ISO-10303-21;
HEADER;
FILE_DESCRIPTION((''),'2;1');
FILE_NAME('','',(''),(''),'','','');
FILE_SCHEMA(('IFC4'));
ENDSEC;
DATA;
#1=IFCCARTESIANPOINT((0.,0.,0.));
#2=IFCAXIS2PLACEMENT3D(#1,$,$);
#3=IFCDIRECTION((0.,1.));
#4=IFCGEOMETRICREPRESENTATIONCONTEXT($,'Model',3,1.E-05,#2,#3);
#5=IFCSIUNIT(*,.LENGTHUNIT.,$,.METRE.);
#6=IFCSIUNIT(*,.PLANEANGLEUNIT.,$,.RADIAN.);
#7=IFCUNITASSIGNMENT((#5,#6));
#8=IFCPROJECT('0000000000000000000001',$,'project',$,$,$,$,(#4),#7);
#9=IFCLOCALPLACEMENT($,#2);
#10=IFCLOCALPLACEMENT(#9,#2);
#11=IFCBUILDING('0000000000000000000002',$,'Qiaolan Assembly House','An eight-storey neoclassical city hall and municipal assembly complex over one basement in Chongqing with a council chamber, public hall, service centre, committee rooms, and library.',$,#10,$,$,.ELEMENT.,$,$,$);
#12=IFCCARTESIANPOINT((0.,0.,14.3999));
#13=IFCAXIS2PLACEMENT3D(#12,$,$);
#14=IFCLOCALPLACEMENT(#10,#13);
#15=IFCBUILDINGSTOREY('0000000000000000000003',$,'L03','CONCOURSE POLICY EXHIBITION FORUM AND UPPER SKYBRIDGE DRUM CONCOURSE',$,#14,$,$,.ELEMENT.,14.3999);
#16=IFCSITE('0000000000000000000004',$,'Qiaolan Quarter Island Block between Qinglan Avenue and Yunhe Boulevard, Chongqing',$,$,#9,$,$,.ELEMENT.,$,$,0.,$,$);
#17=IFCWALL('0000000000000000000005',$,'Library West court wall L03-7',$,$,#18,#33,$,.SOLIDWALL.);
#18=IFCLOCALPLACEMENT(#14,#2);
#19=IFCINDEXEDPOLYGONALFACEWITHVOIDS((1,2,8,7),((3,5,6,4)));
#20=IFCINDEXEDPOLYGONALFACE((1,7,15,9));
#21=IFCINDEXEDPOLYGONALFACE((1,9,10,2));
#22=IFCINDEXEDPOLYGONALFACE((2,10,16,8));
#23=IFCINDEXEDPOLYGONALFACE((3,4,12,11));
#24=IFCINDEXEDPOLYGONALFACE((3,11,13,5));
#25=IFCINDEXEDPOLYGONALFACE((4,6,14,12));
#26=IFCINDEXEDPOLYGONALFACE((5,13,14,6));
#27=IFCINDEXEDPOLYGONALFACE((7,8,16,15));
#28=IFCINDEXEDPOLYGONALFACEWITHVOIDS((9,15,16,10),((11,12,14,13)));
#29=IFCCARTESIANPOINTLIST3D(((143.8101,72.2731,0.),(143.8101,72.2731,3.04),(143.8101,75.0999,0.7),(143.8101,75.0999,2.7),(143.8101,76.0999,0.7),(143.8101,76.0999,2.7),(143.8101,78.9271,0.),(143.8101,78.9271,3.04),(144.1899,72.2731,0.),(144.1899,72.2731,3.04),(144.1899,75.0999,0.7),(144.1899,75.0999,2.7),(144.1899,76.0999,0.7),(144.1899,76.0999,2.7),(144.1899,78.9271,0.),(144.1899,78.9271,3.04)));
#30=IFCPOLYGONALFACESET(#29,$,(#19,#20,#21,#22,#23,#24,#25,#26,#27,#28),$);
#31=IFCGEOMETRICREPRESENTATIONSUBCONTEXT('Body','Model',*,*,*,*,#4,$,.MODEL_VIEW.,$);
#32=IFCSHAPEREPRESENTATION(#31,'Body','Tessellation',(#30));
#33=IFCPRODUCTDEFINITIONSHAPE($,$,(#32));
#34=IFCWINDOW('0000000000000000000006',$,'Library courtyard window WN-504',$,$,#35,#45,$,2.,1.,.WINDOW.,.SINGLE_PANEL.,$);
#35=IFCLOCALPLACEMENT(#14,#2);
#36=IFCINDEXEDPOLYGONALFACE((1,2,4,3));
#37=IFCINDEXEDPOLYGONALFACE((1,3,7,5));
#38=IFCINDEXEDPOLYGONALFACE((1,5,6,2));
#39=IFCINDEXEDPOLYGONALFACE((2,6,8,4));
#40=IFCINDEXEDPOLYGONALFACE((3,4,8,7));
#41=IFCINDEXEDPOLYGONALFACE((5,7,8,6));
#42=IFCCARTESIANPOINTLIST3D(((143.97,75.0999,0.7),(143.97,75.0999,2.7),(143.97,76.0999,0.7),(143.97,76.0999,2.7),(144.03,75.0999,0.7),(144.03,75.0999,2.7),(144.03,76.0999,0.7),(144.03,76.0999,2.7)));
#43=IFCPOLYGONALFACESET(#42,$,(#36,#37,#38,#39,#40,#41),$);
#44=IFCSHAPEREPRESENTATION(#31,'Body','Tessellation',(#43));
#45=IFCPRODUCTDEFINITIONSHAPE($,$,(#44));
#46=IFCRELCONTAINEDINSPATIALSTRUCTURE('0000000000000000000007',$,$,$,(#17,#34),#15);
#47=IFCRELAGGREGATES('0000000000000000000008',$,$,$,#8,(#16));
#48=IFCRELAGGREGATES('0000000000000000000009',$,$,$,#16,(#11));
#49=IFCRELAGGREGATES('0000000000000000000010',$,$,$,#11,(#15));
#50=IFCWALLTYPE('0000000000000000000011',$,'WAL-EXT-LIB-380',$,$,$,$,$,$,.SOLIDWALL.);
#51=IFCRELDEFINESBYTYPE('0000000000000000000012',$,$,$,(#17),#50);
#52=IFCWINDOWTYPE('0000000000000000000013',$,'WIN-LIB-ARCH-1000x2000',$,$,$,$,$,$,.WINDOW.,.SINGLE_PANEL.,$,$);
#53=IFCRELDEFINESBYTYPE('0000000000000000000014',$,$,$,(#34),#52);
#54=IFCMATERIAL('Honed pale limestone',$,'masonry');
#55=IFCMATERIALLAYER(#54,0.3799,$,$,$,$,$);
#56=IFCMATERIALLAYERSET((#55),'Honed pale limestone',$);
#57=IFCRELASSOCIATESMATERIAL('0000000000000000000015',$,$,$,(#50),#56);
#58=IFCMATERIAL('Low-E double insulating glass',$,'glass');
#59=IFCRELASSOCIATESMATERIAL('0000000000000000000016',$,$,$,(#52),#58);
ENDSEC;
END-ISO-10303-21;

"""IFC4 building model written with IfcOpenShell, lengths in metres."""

from ifc_helpers import new_model, si_unit, direction, frame, frame_2d, origin, place, context, subcontext, project, spatial, rectangle, extrude, material, layer, layer_set, type_object, element, fill, save


model = new_model("IFC4")

# Units and contexts
model_context = context("Model", 3, precision=1e-05, world=origin(), true_north=direction((0.0, 1.0)))
body_context = subcontext(model_context, "Body", "Model", "MODEL_VIEW")
ifc_project = project(units=[si_unit("LENGTHUNIT", "METRE"), si_unit("PLANEANGLEUNIT", "RADIAN")], contexts=[model_context])

# Site, building, storey
site_placement = place(None, origin())
site = spatial("IfcSite", under=ifc_project, at=site_placement, Name="Qiaolan Quarter Island Block between Qinglan Avenue and Yunhe Boulevard, Chongqing", CompositionType="ELEMENT", RefElevation=0.0)
building_placement = place(site_placement, origin())
building = spatial("IfcBuilding", under=site, at=building_placement, Name="Qiaolan Assembly House", Description="An eight-storey neoclassical city hall and municipal assembly complex over one basement in Chongqing with a council chamber, public hall, service centre, committee rooms, and library.", CompositionType="ELEMENT")
storey_placement = place(building_placement, frame((0.0, 0.0, 14.3999)))
storey = spatial("IfcBuildingStorey", under=building, at=storey_placement, Name="L03", Description="CONCOURSE POLICY EXHIBITION FORUM AND UPPER SKYBRIDGE DRUM CONCOURSE", CompositionType="ELEMENT", Elevation=14.3999)

# Wall, opening, window
ifc_material_1 = material(Name="Honed pale limestone", Category="masonry")
ifc_layer = layer(ifc_material_1, 0.3799)
ifc_layer_set = layer_set([ifc_layer], Name="Honed pale limestone")
wall_type = type_object("IfcWallType", Name="WAL-EXT-LIB-380", PredefinedType="SOLIDWALL", material=ifc_layer_set)
wall_placement = place(storey_placement, frame((144.0, 72.2729, 0.0), z_axis=(0.0, 0.0, 1.0), x_axis=(0.0, 1.0, 0.0)))
wall = element("IfcWall", 1, at=wall_placement, inside=storey, type_object=wall_type, Name="Library West court wall L03-7", PredefinedType="SOLIDWALL", context=body_context, shape_type="SweptSolid", body=[
    extrude(rectangle(XDim=6.6541, YDim=0.3799, at=frame_2d((3.3271, 0.0))), origin(), (0.0, 0.0, 1.0), 3.04),
])
opening_placement = place(wall_placement, frame((2.8269, 0.0, 0.7)))
opening = element("IfcOpeningElement", 2, at=opening_placement, cuts=wall, PredefinedType="OPENING", context=body_context, shape_type="SweptSolid", body=[
    extrude(rectangle(XDim=1.0, YDim=2.0, at=frame_2d((0.5, 1.0))), frame((0.0, 0.2, 0.0), z_axis=(0.0, -1.0, 0.0), x_axis=(1.0, 0.0, 0.0)), (0.0, 0.0, 1.0), 0.3999),
])
ifc_material_2 = material(Name="Low-E double insulating glass", Category="glass")
window_type = type_object("IfcWindowType", Name="WIN-LIB-ARCH-1000x2000", PartitioningType="SINGLE_PANEL", PredefinedType="WINDOW", material=ifc_material_2)
window_placement = place(opening_placement, origin())
window = element("IfcWindow", 3, at=window_placement, inside=storey, type_object=window_type, Name="Library courtyard window WN-504", OverallHeight=2.0, OverallWidth=1.0, PartitioningType="SINGLE_PANEL", PredefinedType="WINDOW", context=body_context, shape_type="SweptSolid", body=[
    extrude(rectangle(XDim=1.0, YDim=2.0, at=frame_2d((0.5, 1.0))), frame((0.0, 0.03, 0.0), z_axis=(0.0, -1.0, 0.0), x_axis=(1.0, 0.0, 0.0)), (0.0, 0.0, 1.0), 0.0601),
])
fill(opening, window)

save(model, "model.ifc")
